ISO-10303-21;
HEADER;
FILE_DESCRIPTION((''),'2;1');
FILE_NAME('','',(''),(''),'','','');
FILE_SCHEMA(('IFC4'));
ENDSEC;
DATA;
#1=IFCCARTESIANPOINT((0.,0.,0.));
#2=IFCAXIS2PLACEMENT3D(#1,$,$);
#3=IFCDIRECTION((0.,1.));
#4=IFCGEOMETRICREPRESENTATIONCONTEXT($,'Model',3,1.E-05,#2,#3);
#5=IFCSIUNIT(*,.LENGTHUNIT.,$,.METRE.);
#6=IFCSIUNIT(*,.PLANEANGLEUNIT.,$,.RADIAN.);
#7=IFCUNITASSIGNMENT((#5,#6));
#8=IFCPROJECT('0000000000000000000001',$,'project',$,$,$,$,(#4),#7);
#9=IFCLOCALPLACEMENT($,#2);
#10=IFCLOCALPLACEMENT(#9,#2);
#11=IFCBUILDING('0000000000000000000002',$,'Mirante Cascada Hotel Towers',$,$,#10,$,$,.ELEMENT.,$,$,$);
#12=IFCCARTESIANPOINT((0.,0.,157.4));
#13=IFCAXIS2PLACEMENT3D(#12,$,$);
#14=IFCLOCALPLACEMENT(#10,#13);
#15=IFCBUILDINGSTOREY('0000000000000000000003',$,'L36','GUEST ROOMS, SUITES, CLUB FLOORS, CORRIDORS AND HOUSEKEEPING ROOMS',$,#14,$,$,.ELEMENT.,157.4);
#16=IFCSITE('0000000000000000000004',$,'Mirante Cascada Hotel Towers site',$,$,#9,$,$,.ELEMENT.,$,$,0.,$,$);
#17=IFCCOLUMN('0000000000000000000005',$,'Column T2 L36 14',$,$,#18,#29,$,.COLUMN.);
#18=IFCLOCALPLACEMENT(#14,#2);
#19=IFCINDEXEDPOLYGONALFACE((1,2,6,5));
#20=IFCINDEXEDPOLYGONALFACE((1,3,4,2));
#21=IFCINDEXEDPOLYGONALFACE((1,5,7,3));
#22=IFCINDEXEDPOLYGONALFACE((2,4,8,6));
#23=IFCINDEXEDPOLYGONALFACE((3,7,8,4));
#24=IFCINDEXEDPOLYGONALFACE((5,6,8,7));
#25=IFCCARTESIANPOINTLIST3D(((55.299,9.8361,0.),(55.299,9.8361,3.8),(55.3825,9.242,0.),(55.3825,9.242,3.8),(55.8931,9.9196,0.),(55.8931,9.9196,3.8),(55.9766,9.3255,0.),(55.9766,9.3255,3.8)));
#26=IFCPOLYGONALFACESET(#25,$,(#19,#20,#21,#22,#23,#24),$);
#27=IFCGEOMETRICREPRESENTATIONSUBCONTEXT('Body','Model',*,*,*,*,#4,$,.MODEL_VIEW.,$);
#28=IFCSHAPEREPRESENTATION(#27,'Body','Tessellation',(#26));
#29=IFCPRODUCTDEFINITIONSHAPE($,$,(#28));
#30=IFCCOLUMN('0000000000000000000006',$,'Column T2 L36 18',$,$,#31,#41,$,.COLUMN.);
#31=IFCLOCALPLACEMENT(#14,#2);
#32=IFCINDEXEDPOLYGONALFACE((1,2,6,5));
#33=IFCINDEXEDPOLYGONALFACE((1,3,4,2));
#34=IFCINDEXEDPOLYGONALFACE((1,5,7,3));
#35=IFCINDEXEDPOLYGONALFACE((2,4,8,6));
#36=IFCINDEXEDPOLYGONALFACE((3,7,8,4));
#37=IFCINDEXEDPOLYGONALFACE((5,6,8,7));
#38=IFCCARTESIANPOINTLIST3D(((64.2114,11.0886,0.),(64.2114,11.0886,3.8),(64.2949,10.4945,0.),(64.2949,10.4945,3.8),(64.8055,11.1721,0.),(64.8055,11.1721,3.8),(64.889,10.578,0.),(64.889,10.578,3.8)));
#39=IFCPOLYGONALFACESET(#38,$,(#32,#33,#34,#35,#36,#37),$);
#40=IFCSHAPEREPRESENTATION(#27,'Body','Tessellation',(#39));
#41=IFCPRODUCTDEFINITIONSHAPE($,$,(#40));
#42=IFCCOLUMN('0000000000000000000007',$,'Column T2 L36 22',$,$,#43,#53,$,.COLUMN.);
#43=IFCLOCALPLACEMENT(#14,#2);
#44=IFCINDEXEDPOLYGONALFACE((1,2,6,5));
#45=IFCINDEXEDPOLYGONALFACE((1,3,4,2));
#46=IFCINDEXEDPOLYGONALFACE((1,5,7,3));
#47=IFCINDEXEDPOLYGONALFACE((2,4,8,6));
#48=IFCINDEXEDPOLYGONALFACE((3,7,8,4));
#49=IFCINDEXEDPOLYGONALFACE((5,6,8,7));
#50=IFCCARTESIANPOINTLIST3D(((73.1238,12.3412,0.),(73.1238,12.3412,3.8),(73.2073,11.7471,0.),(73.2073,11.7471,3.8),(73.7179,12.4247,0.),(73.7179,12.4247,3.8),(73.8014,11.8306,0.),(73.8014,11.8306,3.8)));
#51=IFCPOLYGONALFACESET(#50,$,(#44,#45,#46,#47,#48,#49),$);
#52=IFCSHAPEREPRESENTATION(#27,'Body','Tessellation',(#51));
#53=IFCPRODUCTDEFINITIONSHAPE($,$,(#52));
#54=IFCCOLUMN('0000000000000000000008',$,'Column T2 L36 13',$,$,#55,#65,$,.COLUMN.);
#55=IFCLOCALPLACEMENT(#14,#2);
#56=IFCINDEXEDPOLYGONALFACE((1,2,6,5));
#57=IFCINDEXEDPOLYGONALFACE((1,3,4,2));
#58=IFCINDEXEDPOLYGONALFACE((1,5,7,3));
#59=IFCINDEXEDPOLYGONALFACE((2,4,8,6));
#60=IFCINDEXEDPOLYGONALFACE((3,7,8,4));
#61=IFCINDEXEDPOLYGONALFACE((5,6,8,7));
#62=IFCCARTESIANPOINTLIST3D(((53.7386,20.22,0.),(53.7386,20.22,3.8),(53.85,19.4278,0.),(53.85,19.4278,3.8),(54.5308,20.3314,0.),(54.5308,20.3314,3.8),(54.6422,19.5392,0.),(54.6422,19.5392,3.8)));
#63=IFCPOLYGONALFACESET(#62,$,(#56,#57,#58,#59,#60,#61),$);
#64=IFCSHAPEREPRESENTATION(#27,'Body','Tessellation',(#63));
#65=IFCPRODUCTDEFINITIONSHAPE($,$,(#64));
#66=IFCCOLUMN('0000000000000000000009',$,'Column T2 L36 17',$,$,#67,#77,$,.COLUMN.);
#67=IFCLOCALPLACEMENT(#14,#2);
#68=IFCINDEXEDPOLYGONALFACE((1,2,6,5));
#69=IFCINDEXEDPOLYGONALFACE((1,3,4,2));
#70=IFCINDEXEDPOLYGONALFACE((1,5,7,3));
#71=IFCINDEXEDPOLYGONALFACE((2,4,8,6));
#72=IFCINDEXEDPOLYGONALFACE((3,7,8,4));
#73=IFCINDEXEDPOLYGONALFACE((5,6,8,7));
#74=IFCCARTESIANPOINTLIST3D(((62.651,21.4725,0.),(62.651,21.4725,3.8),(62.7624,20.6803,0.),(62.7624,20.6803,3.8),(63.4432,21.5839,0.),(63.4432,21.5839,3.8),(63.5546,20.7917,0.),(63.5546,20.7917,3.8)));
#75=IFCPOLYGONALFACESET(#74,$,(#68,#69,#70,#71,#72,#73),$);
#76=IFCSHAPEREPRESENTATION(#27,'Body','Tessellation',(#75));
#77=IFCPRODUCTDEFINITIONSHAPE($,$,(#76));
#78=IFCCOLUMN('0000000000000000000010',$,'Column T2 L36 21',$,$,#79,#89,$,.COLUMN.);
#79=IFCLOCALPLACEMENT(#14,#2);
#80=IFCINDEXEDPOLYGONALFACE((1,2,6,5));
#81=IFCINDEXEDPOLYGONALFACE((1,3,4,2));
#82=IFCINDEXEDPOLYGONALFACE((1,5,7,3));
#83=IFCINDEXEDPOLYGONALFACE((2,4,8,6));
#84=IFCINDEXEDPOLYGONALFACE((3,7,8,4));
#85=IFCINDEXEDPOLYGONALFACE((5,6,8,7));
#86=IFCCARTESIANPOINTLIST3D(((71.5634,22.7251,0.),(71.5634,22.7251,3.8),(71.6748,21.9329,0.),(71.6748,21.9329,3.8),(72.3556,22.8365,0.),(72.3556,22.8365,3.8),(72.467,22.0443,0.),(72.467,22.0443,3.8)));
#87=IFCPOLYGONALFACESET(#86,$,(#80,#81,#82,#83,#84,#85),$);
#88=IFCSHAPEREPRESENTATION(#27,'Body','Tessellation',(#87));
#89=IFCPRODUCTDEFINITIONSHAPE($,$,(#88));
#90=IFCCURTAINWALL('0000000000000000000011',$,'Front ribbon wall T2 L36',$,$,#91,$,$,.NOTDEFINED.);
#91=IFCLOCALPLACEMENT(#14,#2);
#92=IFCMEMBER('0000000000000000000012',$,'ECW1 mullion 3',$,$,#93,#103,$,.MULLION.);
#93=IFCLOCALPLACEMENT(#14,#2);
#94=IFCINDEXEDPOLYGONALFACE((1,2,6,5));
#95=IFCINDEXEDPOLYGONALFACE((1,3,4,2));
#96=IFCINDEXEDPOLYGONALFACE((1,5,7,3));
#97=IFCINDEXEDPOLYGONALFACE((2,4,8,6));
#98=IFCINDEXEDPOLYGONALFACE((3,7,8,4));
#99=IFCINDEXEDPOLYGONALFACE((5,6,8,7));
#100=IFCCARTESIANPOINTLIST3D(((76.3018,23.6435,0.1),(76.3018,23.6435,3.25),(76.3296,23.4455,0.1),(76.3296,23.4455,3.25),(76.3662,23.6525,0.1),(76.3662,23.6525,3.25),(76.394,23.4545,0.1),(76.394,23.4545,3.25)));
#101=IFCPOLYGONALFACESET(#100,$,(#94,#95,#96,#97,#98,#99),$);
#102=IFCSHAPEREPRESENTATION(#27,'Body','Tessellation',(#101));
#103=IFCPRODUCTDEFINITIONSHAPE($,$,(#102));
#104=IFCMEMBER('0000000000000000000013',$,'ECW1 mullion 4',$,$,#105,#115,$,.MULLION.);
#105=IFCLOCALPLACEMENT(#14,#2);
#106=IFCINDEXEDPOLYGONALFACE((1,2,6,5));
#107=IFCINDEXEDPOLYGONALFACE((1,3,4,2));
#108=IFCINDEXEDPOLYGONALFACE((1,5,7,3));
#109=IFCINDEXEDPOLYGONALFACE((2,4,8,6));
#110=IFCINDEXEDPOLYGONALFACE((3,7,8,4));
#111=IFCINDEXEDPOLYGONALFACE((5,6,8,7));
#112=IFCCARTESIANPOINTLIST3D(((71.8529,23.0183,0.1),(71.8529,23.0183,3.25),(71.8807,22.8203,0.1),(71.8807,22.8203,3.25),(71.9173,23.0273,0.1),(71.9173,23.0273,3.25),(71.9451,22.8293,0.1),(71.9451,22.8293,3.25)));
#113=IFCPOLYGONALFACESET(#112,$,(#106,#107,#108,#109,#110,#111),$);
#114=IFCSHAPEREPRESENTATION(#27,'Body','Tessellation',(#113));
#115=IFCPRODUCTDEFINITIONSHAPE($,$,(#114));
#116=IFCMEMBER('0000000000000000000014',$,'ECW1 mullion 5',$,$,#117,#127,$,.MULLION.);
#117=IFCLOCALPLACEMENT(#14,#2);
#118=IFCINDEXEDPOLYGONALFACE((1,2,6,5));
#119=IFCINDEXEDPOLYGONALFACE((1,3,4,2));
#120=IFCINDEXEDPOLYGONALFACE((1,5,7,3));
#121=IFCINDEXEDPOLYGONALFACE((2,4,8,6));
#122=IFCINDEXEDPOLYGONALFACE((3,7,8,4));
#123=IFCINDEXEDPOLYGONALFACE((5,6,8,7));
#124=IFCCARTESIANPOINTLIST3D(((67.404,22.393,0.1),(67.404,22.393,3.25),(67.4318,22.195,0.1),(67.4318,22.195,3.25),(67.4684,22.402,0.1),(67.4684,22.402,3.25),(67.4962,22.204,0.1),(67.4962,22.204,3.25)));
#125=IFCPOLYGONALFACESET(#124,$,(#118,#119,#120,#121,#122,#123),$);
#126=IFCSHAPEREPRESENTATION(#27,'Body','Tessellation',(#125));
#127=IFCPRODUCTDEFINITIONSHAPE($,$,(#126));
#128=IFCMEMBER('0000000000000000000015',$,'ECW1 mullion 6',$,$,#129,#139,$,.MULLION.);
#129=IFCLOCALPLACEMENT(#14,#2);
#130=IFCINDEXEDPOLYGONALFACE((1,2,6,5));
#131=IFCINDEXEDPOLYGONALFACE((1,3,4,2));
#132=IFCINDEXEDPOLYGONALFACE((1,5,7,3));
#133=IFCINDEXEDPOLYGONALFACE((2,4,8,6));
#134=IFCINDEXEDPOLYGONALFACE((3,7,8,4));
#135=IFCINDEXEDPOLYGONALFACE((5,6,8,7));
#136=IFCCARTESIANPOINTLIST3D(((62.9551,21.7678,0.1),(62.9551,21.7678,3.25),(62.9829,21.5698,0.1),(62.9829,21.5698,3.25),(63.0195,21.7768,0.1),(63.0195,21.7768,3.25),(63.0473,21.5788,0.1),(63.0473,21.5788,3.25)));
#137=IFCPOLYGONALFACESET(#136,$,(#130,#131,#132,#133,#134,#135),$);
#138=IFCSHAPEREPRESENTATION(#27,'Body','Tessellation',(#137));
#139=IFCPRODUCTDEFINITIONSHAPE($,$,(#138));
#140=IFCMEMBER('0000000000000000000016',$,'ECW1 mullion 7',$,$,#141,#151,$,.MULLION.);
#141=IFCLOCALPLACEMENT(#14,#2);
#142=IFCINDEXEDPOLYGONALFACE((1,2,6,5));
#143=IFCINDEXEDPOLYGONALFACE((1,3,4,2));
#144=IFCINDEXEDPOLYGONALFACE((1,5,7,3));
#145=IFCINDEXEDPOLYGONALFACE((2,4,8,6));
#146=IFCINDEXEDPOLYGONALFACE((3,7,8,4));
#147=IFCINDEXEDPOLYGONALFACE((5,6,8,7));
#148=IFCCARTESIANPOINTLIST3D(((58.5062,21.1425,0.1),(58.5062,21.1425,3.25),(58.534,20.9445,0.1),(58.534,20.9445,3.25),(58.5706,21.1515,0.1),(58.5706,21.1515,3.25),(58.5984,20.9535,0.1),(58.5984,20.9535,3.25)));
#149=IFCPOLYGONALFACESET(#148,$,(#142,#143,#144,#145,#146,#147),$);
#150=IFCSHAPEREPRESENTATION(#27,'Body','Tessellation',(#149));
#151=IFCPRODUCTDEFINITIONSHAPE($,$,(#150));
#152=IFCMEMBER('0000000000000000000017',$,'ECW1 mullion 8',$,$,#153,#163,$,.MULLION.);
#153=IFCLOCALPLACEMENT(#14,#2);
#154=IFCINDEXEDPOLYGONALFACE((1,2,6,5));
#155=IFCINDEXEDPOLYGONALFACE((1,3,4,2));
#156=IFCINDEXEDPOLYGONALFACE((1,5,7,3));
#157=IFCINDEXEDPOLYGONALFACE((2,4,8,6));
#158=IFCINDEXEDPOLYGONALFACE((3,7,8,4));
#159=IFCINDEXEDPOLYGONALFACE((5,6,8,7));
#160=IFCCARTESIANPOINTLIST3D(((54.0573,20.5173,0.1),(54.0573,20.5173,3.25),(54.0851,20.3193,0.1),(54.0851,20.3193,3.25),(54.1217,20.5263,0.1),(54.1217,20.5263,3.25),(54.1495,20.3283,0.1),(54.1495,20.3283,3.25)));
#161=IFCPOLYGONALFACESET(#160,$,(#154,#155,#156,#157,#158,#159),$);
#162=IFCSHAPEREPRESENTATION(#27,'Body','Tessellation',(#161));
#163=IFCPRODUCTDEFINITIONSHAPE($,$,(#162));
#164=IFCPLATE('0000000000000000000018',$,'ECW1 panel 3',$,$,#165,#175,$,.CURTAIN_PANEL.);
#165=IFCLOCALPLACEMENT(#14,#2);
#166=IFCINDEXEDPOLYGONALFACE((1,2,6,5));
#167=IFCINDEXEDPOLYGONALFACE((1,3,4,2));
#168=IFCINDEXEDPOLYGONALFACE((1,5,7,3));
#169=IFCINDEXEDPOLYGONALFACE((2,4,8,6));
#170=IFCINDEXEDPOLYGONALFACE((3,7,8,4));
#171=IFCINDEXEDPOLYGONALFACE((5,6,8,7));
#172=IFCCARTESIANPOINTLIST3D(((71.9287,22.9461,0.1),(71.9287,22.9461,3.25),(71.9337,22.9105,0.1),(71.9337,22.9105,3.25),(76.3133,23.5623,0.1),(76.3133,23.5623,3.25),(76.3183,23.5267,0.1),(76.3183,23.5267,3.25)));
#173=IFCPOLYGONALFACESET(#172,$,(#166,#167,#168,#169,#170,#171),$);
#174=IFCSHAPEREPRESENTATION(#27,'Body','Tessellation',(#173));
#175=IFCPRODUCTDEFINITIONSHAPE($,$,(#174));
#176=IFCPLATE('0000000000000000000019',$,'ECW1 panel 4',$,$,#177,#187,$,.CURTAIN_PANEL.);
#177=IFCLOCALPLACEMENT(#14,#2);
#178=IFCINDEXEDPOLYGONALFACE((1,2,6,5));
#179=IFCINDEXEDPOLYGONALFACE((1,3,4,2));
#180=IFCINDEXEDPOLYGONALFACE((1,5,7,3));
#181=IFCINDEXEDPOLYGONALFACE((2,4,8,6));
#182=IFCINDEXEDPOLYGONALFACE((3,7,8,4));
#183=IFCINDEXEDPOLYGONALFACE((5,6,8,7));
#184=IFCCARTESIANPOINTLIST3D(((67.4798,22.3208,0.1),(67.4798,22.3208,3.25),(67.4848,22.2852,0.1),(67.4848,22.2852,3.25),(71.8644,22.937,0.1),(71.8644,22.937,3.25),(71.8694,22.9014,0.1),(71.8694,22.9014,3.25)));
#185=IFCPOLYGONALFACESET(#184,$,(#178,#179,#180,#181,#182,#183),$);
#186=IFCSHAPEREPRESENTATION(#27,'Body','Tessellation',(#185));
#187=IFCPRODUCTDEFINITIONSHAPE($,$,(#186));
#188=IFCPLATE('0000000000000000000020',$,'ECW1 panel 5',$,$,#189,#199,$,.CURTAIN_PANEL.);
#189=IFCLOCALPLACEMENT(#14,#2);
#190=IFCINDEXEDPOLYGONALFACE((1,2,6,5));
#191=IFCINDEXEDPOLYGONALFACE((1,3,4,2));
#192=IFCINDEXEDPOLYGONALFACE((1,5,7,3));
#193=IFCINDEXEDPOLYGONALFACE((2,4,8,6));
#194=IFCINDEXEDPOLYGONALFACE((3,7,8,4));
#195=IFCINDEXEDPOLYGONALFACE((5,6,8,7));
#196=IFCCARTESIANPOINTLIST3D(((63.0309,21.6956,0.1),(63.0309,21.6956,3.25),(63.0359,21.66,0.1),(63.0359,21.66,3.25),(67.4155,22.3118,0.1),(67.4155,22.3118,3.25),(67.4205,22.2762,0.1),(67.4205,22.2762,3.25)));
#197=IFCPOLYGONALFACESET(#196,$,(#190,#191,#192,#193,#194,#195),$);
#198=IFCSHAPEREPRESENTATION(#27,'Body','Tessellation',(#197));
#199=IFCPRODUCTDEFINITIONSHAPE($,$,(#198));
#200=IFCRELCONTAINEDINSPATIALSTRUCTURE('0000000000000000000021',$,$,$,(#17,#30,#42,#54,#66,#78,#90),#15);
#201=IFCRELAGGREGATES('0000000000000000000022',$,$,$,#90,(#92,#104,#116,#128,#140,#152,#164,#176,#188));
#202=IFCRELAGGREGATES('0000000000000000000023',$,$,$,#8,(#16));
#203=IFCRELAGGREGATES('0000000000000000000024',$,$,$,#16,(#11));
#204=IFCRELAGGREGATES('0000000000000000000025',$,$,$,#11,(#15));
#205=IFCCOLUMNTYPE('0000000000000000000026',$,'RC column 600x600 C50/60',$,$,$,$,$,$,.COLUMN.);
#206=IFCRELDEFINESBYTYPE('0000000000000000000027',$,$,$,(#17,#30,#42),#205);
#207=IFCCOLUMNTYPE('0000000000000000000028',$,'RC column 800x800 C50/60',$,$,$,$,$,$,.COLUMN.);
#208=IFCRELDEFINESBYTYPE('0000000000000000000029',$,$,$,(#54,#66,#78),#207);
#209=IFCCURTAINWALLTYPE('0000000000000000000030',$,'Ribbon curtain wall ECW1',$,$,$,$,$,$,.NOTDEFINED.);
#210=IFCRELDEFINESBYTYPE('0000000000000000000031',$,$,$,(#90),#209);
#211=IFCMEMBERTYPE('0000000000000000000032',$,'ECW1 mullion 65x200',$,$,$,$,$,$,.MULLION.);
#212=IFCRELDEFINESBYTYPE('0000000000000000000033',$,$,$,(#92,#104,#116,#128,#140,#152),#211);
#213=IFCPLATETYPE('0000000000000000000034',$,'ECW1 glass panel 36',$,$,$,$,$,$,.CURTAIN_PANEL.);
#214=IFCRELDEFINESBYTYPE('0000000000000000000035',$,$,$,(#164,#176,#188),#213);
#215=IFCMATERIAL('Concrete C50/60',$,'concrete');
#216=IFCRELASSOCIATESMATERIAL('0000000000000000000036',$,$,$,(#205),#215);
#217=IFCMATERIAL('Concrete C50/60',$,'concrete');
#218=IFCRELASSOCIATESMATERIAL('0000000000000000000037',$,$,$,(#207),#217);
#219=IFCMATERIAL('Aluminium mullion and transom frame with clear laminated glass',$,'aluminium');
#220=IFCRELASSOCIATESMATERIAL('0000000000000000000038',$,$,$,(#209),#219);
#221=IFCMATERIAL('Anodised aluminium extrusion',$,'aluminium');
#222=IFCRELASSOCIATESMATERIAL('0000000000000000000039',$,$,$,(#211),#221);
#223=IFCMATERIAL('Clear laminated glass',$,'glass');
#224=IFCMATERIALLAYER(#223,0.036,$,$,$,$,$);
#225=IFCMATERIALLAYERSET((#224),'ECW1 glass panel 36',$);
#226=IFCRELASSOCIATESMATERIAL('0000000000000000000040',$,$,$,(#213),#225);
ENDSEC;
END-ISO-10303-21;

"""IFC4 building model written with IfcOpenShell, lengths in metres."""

from ifc_helpers import new_model, si_unit, direction, frame, origin, origin_2d, place, context, subcontext, project, spatial, rectangle, extrude, material, layer, layer_set, material_profile, profile_set, type_object, element, aggregate, save


model = new_model("IFC4")

# Units and contexts
model_context = context("Model", 3, precision=1e-05, world=origin(), true_north=direction((0.0, 1.0)))
body_context = subcontext(model_context, "Body", "Model", "MODEL_VIEW")
ifc_project = project(units=[si_unit("LENGTHUNIT", "METRE"), si_unit("PLANEANGLEUNIT", "RADIAN")], contexts=[model_context])

# Site, building, storey
site_placement = place(None, origin())
site = spatial("IfcSite", under=ifc_project, at=site_placement, Name="Mirante Cascada Hotel Towers site", CompositionType="ELEMENT", RefElevation=0.0)
building_placement = place(site_placement, origin())
building = spatial("IfcBuilding", under=site, at=building_placement, Name="Mirante Cascada Hotel Towers", CompositionType="ELEMENT")
storey_placement = place(building_placement, frame((0.0, 0.0, 157.4)))
storey = spatial("IfcBuildingStorey", under=building, at=storey_placement, Name="L36", Description="GUEST ROOMS, SUITES, CLUB FLOORS, CORRIDORS AND HOUSEKEEPING ROOMS", CompositionType="ELEMENT", Elevation=157.4)

# Columns
ifc_material_1 = material(Name="Concrete C50/60", Category="concrete")
ifc_material_profile_1 = material_profile(ifc_material_1, rectangle(XDim=0.6, YDim=0.6, at=origin_2d()), Name="RC column 600x600 C50/60")
ifc_profile_set_1 = profile_set([ifc_material_profile_1], Name="Concrete C50/60")
column_type_1 = type_object("IfcColumnType", Name="RC column 600x600 C50/60", PredefinedType="COLUMN", material=ifc_profile_set_1)
for number, where, z_axis, x_axis, name in (
    (1, (55.6378, 9.5808, 0.0), (0.0, 0.0, 1.0), (0.990268, 0.139173, 0.0), "Column T2 L36 14"),
    (2, (64.5502, 10.8333, 0.0), (0.0, 0.0, 1.0), (0.990268, 0.139173, 0.0), "Column T2 L36 18"),
    (3, (73.4626, 12.0859, 0.0), (0.0, 0.0, 1.0), (0.990268, 0.139173, 0.0), "Column T2 L36 22"),
):
    element("IfcColumn", number, at=place(storey_placement, frame(where, z_axis=z_axis, x_axis=x_axis)), inside=storey, type_object=column_type_1, Name=name, PredefinedType="COLUMN", context=body_context, shape_type="SweptSolid", body=[
        extrude(rectangle(XDim=0.6, YDim=0.6, at=origin_2d()), origin(), (0.0, 0.0, 1.0), 3.8),
    ])
ifc_material_2 = material(Name="Concrete C50/60", Category="concrete")
ifc_material_profile_2 = material_profile(ifc_material_2, rectangle(XDim=0.8, YDim=0.8, at=origin_2d()), Name="RC column 800x800 C50/60")
ifc_profile_set_2 = profile_set([ifc_material_profile_2], Name="Concrete C50/60")
column_type_2 = type_object("IfcColumnType", Name="RC column 800x800 C50/60", PredefinedType="COLUMN", material=ifc_profile_set_2)
for number, where, z_axis, x_axis, name in (
    (4, (54.1904, 19.8796, 0.0), (0.0, 0.0, 1.0), (0.990268, 0.139173, 0.0), "Column T2 L36 13"),
    (5, (63.1028, 21.1321, 0.0), (0.0, 0.0, 1.0), (0.990268, 0.139173, 0.0), "Column T2 L36 17"),
    (6, (72.0152, 22.3847, 0.0), (0.0, 0.0, 1.0), (0.990268, 0.139173, 0.0), "Column T2 L36 21"),
):
    element("IfcColumn", number, at=place(storey_placement, frame(where, z_axis=z_axis, x_axis=x_axis)), inside=storey, type_object=column_type_2, Name=name, PredefinedType="COLUMN", context=body_context, shape_type="SweptSolid", body=[
        extrude(rectangle(XDim=0.8, YDim=0.8, at=origin_2d()), origin(), (0.0, 0.0, 1.0), 3.8),
    ])

# Curtain wall, members, plates
ifc_material_3 = material(Name="Aluminium mullion and transom frame with clear laminated glass", Category="aluminium")
curtain_wall_type = type_object("IfcCurtainWallType", Name="Ribbon curtain wall ECW1", PredefinedType="NOTDEFINED", material=ifc_material_3)
curtain_wall_placement = place(storey_placement, origin())
curtain_wall = element("IfcCurtainWall", 7, at=curtain_wall_placement, inside=storey, type_object=curtain_wall_type, Name="Front ribbon wall T2 L36", PredefinedType="NOTDEFINED")
ifc_material_4 = material(Name="Anodised aluminium extrusion", Category="aluminium")
ifc_material_profile_3 = material_profile(ifc_material_4, rectangle(XDim=0.2, YDim=0.065, at=origin_2d()), Name="ECW1 MULLION 65x200")
ifc_profile_set_3 = profile_set([ifc_material_profile_3], Name="Anodised aluminium extrusion")
member_type = type_object("IfcMemberType", Name="ECW1 mullion 65x200", PredefinedType="MULLION", material=ifc_profile_set_3)
member_1_placement = place(storey_placement, frame((76.3479, 23.549, 0.1), z_axis=(0.0, 0.0, 1.0), x_axis=(0.139173, -0.990268, 0.0)))
member_1 = element("IfcMember", 8, at=member_1_placement, type_object=member_type, Name="ECW1 mullion 3", PredefinedType="MULLION", context=body_context, shape_type="SweptSolid", body=[
    extrude(rectangle(XDim=0.2, YDim=0.065, at=origin_2d()), origin(), (0.0, 0.0, 1.0), 3.15),
])
member_2_placement = place(storey_placement, frame((71.899, 22.9238, 0.1), z_axis=(0.0, 0.0, 1.0), x_axis=(0.139173, -0.990268, 0.0)))
member_2 = element("IfcMember", 9, at=member_2_placement, type_object=member_type, Name="ECW1 mullion 4", PredefinedType="MULLION", context=body_context, shape_type="SweptSolid", body=[
    extrude(rectangle(XDim=0.2, YDim=0.065, at=origin_2d()), origin(), (0.0, 0.0, 1.0), 3.15),
])
member_3_placement = place(storey_placement, frame((67.4501, 22.2985, 0.1), z_axis=(0.0, 0.0, 1.0), x_axis=(0.139173, -0.990268, 0.0)))
member_3 = element("IfcMember", 10, at=member_3_placement, type_object=member_type, Name="ECW1 mullion 5", PredefinedType="MULLION", context=body_context, shape_type="SweptSolid", body=[
    extrude(rectangle(XDim=0.2, YDim=0.065, at=origin_2d()), origin(), (0.0, 0.0, 1.0), 3.15),
])
member_4_placement = place(storey_placement, frame((63.0012, 21.6733, 0.1), z_axis=(0.0, 0.0, 1.0), x_axis=(0.139173, -0.990268, 0.0)))
member_4 = element("IfcMember", 11, at=member_4_placement, type_object=member_type, Name="ECW1 mullion 6", PredefinedType="MULLION", context=body_context, shape_type="SweptSolid", body=[
    extrude(rectangle(XDim=0.2, YDim=0.065, at=origin_2d()), origin(), (0.0, 0.0, 1.0), 3.15),
])
member_5_placement = place(storey_placement, frame((58.5523, 21.048, 0.1), z_axis=(0.0, 0.0, 1.0), x_axis=(0.139173, -0.990268, 0.0)))
member_5 = element("IfcMember", 12, at=member_5_placement, type_object=member_type, Name="ECW1 mullion 7", PredefinedType="MULLION", context=body_context, shape_type="SweptSolid", body=[
    extrude(rectangle(XDim=0.2, YDim=0.065, at=origin_2d()), origin(), (0.0, 0.0, 1.0), 3.15),
])
member_6_placement = place(storey_placement, frame((54.1034, 20.4228, 0.1), z_axis=(0.0, 0.0, 1.0), x_axis=(0.139173, -0.990268, 0.0)))
member_6 = element("IfcMember", 13, at=member_6_placement, type_object=member_type, Name="ECW1 mullion 8", PredefinedType="MULLION", context=body_context, shape_type="SweptSolid", body=[
    extrude(rectangle(XDim=0.2, YDim=0.065, at=origin_2d()), origin(), (0.0, 0.0, 1.0), 3.15),
])
ifc_material_5 = material(Name="Clear laminated glass", Category="glass")
ifc_layer_1 = layer(ifc_material_5, 0.036)
ifc_layer_set_1 = layer_set([ifc_layer_1], Name="ECW1 glass panel 36")
plate_type = type_object("IfcPlateType", Name="ECW1 glass panel 36", PredefinedType="CURTAIN_PANEL", material=ifc_layer_set_1)
plate_1_placement = place(storey_placement, frame((74.1235, 23.2364, 0.1), z_axis=(0.0, 0.0, 1.0), x_axis=(-0.990268, -0.139173, 0.0)))
plate_1 = element("IfcPlate", 14, at=plate_1_placement, type_object=plate_type, Name="ECW1 panel 3", PredefinedType="CURTAIN_PANEL", context=body_context, shape_type="SweptSolid", body=[
    extrude(rectangle(XDim=4.4276, YDim=0.036, at=origin_2d()), origin(), (0.0, 0.0, 1.0), 3.15),
])
plate_2_placement = place(storey_placement, frame((69.6746, 22.6111, 0.1), z_axis=(0.0, 0.0, 1.0), x_axis=(-0.990268, -0.139173, 0.0)))
plate_2 = element("IfcPlate", 15, at=plate_2_placement, type_object=plate_type, Name="ECW1 panel 4", PredefinedType="CURTAIN_PANEL", context=body_context, shape_type="SweptSolid", body=[
    extrude(rectangle(XDim=4.4276, YDim=0.036, at=origin_2d()), origin(), (0.0, 0.0, 1.0), 3.15),
])
plate_3_placement = place(storey_placement, frame((65.2257, 21.9859, 0.1), z_axis=(0.0, 0.0, 1.0), x_axis=(-0.990268, -0.139173, 0.0)))
plate_3 = element("IfcPlate", 16, at=plate_3_placement, type_object=plate_type, Name="ECW1 panel 5", PredefinedType="CURTAIN_PANEL", context=body_context, shape_type="SweptSolid", body=[
    extrude(rectangle(XDim=4.4276, YDim=0.036, at=origin_2d()), origin(), (0.0, 0.0, 1.0), 3.15),
])
aggregate(curtain_wall, [member_1, member_2, member_3, member_4, member_5, member_6, plate_1, plate_2, plate_3])

save(model, "model.ifc")
